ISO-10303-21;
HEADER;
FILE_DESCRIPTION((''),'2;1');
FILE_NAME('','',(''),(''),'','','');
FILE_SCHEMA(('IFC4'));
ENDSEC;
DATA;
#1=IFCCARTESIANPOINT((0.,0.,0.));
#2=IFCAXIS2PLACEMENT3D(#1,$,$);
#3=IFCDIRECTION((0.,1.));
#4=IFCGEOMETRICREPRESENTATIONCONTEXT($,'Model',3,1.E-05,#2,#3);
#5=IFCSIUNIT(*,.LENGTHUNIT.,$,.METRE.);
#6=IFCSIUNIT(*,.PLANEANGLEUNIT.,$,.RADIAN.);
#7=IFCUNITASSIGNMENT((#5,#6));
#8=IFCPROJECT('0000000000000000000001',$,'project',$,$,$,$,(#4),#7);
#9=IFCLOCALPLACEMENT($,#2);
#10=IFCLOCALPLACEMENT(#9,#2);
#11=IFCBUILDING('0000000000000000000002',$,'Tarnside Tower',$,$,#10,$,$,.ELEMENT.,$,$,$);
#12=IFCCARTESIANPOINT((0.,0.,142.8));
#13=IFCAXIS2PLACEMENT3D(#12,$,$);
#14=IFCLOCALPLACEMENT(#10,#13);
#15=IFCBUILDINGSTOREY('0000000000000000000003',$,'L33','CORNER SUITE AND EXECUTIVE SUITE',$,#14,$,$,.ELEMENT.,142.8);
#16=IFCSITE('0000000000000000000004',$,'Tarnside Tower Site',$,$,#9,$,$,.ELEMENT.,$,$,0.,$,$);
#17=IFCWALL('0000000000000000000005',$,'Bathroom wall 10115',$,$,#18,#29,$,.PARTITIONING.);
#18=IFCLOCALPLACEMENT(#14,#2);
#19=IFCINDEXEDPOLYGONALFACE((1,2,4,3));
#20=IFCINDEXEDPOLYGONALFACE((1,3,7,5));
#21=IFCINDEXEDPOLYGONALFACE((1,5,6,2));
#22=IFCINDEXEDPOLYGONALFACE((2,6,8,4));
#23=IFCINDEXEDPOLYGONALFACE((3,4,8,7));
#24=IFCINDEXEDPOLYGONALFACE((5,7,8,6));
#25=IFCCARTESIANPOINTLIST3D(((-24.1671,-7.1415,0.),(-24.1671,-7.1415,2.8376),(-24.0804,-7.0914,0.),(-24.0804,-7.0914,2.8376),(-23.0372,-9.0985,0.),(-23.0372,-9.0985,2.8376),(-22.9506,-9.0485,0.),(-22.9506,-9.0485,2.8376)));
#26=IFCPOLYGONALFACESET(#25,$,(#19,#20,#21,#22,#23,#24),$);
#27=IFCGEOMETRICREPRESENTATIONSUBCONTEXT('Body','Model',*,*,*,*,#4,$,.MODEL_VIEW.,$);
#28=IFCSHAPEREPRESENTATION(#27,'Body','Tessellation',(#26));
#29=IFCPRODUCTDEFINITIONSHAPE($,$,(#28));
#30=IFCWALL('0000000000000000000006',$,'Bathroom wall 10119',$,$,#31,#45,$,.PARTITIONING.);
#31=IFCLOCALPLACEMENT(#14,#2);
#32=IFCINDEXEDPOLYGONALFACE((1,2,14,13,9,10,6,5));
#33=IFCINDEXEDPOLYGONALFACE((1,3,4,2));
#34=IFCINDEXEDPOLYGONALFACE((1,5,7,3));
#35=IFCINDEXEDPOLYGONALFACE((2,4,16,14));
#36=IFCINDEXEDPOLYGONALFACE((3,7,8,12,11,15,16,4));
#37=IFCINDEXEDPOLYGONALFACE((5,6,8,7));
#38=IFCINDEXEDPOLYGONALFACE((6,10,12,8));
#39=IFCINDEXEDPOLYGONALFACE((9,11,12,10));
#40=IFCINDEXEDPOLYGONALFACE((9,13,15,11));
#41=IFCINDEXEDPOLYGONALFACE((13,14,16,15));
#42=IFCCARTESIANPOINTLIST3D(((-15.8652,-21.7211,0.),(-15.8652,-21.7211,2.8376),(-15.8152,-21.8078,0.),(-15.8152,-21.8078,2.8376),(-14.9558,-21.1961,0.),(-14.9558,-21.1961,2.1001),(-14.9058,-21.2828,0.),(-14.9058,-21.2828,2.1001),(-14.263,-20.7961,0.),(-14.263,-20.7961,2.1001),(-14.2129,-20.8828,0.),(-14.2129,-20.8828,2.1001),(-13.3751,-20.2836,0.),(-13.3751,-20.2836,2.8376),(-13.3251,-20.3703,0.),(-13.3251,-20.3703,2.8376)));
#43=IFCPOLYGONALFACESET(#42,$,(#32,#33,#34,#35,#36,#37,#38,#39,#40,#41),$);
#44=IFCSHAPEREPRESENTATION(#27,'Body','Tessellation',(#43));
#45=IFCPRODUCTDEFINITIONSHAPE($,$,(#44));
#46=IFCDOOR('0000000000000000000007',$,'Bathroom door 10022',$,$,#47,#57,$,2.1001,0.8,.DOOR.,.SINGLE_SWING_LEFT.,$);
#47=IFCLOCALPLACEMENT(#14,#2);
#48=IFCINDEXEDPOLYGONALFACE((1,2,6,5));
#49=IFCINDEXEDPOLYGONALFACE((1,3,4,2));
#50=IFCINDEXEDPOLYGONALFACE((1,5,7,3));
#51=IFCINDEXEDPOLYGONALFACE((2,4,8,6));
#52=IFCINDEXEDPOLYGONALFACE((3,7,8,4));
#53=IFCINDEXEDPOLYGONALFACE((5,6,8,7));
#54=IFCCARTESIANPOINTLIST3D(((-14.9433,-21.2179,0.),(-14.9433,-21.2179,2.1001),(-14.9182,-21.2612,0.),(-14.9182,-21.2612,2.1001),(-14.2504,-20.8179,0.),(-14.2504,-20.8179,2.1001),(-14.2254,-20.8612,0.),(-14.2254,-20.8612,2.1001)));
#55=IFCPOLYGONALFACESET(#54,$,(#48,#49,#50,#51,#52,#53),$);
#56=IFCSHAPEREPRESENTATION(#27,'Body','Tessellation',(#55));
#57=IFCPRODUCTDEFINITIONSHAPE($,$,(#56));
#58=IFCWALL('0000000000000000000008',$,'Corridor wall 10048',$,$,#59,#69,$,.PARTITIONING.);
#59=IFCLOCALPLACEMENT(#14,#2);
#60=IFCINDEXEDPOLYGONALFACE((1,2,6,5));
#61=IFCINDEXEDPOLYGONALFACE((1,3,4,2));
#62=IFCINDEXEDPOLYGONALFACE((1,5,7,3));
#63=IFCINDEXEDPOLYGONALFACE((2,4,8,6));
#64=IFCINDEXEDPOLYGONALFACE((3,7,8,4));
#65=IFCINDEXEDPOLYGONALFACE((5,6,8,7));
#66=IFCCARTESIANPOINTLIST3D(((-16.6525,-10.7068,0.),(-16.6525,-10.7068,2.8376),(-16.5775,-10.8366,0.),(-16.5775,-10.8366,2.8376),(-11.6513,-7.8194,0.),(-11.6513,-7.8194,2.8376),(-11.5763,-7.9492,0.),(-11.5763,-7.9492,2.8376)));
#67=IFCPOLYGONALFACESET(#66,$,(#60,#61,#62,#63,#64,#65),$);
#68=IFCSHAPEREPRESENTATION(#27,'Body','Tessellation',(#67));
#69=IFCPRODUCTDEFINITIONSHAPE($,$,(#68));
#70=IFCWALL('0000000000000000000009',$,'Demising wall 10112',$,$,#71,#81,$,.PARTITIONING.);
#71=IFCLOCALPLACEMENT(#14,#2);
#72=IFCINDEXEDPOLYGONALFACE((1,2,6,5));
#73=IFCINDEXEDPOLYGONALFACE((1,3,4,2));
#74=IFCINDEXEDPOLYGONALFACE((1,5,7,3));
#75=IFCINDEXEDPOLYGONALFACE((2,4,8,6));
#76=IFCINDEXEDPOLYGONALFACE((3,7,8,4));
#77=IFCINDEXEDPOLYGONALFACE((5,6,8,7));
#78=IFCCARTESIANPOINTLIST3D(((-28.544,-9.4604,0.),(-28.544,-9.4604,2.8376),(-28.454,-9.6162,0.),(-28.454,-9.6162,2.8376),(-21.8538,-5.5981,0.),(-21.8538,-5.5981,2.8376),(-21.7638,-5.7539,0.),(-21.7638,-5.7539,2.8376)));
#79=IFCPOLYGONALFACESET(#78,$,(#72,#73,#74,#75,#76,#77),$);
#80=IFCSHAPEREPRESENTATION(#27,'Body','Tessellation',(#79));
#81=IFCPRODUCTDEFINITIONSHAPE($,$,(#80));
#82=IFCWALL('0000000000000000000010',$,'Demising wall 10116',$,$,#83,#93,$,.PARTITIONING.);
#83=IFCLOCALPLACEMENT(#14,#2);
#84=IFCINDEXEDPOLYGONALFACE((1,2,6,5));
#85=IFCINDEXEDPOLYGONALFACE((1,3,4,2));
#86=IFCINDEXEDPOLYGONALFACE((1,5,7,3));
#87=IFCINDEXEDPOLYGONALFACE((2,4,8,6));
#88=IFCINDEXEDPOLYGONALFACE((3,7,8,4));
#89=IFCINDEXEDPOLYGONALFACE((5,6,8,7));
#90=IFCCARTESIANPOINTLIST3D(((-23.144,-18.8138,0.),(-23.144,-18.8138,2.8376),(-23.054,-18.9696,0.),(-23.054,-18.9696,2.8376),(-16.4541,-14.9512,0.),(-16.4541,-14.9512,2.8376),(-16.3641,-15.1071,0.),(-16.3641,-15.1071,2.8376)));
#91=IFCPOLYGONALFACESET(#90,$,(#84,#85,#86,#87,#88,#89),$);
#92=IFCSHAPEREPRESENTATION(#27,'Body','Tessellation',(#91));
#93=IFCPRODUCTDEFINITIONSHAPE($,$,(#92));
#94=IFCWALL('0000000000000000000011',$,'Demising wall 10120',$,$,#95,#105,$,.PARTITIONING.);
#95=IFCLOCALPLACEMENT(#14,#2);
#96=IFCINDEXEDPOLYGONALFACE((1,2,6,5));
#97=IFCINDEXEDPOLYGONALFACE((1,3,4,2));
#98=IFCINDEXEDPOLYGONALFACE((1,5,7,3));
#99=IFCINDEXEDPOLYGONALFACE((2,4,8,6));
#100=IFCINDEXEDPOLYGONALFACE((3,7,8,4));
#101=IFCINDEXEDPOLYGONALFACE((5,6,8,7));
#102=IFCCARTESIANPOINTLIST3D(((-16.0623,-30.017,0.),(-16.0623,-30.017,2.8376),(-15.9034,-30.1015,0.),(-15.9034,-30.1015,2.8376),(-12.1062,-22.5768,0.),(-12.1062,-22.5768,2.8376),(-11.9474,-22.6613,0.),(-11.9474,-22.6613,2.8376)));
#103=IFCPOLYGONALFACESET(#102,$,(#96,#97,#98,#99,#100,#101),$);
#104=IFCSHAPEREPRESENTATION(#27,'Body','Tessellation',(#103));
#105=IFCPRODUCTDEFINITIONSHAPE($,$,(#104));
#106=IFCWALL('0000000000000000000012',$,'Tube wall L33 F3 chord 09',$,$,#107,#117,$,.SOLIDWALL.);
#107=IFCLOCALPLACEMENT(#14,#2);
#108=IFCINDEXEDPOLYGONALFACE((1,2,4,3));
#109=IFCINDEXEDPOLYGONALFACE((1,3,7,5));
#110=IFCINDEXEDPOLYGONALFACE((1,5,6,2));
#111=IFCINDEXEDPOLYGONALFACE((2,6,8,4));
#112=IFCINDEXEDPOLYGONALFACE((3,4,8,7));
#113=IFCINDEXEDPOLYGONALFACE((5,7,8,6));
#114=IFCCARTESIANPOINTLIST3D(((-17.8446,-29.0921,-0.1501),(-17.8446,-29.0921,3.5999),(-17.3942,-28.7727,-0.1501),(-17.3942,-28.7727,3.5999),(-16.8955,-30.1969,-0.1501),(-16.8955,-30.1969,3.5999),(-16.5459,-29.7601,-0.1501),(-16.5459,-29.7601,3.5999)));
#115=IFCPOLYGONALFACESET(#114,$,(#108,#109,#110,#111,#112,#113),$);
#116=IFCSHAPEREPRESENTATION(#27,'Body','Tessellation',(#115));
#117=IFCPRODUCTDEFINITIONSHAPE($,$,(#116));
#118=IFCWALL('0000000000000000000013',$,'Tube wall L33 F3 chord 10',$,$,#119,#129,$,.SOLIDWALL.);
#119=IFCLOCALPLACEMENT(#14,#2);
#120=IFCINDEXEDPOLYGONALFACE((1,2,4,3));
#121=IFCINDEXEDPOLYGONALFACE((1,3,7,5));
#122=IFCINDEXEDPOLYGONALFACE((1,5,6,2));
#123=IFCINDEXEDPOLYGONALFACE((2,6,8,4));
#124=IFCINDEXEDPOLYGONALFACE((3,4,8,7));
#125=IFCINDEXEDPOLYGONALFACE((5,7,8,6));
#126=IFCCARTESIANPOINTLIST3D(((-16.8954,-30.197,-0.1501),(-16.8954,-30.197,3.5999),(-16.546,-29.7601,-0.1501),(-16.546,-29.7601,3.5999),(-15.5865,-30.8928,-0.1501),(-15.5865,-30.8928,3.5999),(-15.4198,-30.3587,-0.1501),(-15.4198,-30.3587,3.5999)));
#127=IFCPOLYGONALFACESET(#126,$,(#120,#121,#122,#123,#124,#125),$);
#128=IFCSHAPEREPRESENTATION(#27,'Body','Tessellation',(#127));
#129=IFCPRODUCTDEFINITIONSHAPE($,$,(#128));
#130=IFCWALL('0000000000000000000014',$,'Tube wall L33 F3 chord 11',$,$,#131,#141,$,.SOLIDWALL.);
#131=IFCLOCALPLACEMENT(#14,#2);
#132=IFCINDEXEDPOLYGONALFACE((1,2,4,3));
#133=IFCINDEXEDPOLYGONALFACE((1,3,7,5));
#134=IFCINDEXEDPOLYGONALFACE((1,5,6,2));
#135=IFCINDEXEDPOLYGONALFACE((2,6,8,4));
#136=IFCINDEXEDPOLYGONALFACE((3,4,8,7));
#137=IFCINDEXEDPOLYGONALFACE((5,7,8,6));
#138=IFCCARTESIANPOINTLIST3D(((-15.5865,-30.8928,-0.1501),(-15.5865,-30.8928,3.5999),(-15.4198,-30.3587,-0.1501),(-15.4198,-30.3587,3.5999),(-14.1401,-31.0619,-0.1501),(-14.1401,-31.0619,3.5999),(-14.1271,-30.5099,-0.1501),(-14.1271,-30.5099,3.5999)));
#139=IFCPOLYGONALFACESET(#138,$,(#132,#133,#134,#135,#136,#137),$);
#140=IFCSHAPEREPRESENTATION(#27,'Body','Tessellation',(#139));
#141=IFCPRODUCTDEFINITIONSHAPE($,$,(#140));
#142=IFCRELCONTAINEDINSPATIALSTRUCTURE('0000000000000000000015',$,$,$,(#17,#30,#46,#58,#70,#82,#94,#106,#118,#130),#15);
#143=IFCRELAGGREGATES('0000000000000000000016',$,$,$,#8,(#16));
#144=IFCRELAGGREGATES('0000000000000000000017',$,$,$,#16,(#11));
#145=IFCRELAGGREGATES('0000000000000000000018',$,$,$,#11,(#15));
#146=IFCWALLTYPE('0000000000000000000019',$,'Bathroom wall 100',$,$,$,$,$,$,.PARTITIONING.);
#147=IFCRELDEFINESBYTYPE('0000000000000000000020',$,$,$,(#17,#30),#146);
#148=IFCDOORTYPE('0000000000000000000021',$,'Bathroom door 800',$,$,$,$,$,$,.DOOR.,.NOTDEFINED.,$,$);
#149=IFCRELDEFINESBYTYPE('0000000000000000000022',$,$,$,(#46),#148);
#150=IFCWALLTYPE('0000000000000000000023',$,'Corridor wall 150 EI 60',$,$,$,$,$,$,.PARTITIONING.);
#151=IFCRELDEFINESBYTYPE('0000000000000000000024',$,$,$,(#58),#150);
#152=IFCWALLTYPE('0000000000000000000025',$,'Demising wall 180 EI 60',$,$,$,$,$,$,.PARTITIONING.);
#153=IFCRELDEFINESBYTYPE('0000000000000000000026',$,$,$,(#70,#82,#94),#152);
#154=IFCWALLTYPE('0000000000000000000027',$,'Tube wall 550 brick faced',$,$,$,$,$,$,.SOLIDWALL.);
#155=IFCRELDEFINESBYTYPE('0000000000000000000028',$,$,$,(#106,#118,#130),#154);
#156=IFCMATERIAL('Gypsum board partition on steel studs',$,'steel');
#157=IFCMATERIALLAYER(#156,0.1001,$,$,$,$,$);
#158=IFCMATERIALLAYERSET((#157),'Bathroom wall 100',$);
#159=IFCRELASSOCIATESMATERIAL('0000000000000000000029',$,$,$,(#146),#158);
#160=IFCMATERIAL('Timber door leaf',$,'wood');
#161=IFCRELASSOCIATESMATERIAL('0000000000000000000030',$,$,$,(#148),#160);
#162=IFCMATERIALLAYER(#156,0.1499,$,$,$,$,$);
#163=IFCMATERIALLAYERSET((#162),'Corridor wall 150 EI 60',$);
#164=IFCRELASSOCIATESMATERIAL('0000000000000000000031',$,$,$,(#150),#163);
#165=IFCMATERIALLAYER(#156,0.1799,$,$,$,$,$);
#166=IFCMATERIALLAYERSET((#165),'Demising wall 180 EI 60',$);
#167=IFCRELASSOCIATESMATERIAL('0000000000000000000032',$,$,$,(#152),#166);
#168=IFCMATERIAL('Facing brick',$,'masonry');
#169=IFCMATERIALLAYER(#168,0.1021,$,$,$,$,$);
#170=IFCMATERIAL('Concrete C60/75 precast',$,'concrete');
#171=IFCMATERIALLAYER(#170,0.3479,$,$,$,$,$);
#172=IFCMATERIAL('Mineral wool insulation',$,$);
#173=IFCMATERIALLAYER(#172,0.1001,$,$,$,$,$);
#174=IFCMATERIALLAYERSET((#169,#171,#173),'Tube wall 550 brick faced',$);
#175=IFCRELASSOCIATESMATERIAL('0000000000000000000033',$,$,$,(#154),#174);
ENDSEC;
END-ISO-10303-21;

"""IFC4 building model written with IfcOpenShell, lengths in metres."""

from ifc_helpers import new_model, si_unit, direction, frame, frame_2d, origin, place, context, subcontext, project, spatial, polyline, rectangle, outline, extrude, material, layer, layer_set, type_object, element, fill, save


model = new_model("IFC4")

# Units and contexts
model_context = context("Model", 3, precision=1e-05, world=origin(), true_north=direction((0.0, 1.0)))
body_context = subcontext(model_context, "Body", "Model", "MODEL_VIEW")
ifc_project = project(units=[si_unit("LENGTHUNIT", "METRE"), si_unit("PLANEANGLEUNIT", "RADIAN")], contexts=[model_context])

# Site, building, storey
site_placement = place(None, origin())
site = spatial("IfcSite", under=ifc_project, at=site_placement, Name="Tarnside Tower Site", CompositionType="ELEMENT", RefElevation=0.0)
building_placement = place(site_placement, origin())
building = spatial("IfcBuilding", under=site, at=building_placement, Name="Tarnside Tower", CompositionType="ELEMENT")
storey_placement = place(building_placement, frame((0.0, 0.0, 142.8)))
storey = spatial("IfcBuildingStorey", under=building, at=storey_placement, Name="L33", Description="CORNER SUITE AND EXECUTIVE SUITE", CompositionType="ELEMENT", Elevation=142.8)

# Wall
ifc_material_1 = material(Name="Gypsum board partition on steel studs", Category="steel")
ifc_layer_1 = layer(ifc_material_1, 0.1001)
ifc_layer_set_1 = layer_set([ifc_layer_1], Name="Bathroom wall 100")
wall_type_1 = type_object("IfcWallType", Name="Bathroom wall 100", PredefinedType="PARTITIONING", material=ifc_layer_set_1)
wall_1_placement = place(storey_placement, frame((-22.9939, -9.0735, 0.0), z_axis=(0.0, 0.0, 1.0), x_axis=(-0.499997, 0.866027, 0.0)))
element("IfcWall", 1, at=wall_1_placement, inside=storey, type_object=wall_type_1, Name="Bathroom wall 10115", PredefinedType="PARTITIONING", context=body_context, shape_type="SweptSolid", body=[
    extrude(rectangle(XDim=2.2598, YDim=0.1001, at=frame_2d((1.1299, 0.0))), origin(), (0.0, 0.0, 1.0), 2.8376),
])

# Wall, opening, door
wall_2_placement = place(storey_placement, frame((-15.8401, -21.7644, 0.0), z_axis=(0.0, 0.0, 1.0), x_axis=(0.86604, 0.499975, 0.0)))
wall_2 = element("IfcWall", 2, at=wall_2_placement, inside=storey, type_object=wall_type_1, Name="Bathroom wall 10119", PredefinedType="PARTITIONING", context=body_context, shape_type="SweptSolid", body=[
    extrude(rectangle(XDim=2.8752, YDim=0.1001, at=frame_2d((1.4375, 0.0))), origin(), (0.0, 0.0, 1.0), 2.8376),
])
opening_placement = place(wall_2_placement, frame((1.05, 0.0, 0.0)))
opening = element("IfcOpeningElement", 3, at=opening_placement, cuts=wall_2, PredefinedType="OPENING", context=body_context, shape_type="SweptSolid", body=[
    extrude(rectangle(XDim=0.8, YDim=2.1001, at=frame_2d((0.3999, 1.05))), frame((0.0, 0.0601, 0.0), z_axis=(0.0, -1.0, 0.0), x_axis=(1.0, 0.0, 0.0)), (0.0, 0.0, 1.0), 0.1201),
])
ifc_material_2 = material(Name="Timber door leaf", Category="wood")
door_type = type_object("IfcDoorType", Name="Bathroom door 800", OperationType="NOTDEFINED", PredefinedType="DOOR", material=ifc_material_2)
door_placement = place(opening_placement, origin())
door = element("IfcDoor", 4, at=door_placement, inside=storey, type_object=door_type, Name="Bathroom door 10022", OperationType="SINGLE_SWING_LEFT", OverallHeight=2.1001, OverallWidth=0.8, PredefinedType="DOOR", context=body_context, shape_type="SweptSolid", body=[
    extrude(rectangle(XDim=0.8, YDim=2.1001, at=frame_2d((0.3999, 1.05))), frame((0.0, 0.0249, 0.0), z_axis=(0.0, -1.0, 0.0), x_axis=(1.0, 0.0, 0.0)), (0.0, 0.0, 1.0), 0.05),
])
fill(opening, door)

# Walls
ifc_layer_2 = layer(ifc_material_1, 0.1499)
ifc_layer_set_2 = layer_set([ifc_layer_2], Name="Corridor wall 150 EI 60")
wall_type_2 = type_object("IfcWallType", Name="Corridor wall 150 EI 60", PredefinedType="PARTITIONING", material=ifc_layer_set_2)
wall_3_placement = place(storey_placement, frame((-16.615, -10.7717, 0.0), z_axis=(0.0, 0.0, 1.0), x_axis=(0.866026, 0.499999, 0.0)))
element("IfcWall", 5, at=wall_3_placement, inside=storey, type_object=wall_type_2, Name="Corridor wall 10048", PredefinedType="PARTITIONING", context=body_context, shape_type="SweptSolid", body=[
    extrude(rectangle(XDim=5.7749, YDim=0.1499, at=frame_2d((2.8875, 0.0))), origin(), (0.0, 0.0, 1.0), 2.8376),
])
ifc_layer_3 = layer(ifc_material_1, 0.1799)
ifc_layer_set_3 = layer_set([ifc_layer_3], Name="Demising wall 180 EI 60")
wall_type_3 = type_object("IfcWallType", Name="Demising wall 180 EI 60", PredefinedType="PARTITIONING", material=ifc_layer_set_3)
wall_4_placement = place(storey_placement, frame((-28.499, -9.5383, 0.0), z_axis=(0.0, 0.0, 1.0), x_axis=(0.866041, 0.499973, 0.0)))
element("IfcWall", 6, at=wall_4_placement, inside=storey, type_object=wall_type_3, Name="Demising wall 10112", PredefinedType="PARTITIONING", context=body_context, shape_type="SweptSolid", body=[
    extrude(rectangle(XDim=7.7251, YDim=0.1799, at=frame_2d((3.8625, 0.0))), origin(), (0.0, 0.0, 1.0), 2.8376),
])
wall_5_placement = place(storey_placement, frame((-23.0989, -18.8916, 0.0), z_axis=(0.0, 0.0, 1.0), x_axis=(0.866019, 0.500011, 0.0)))
element("IfcWall", 7, at=wall_5_placement, inside=storey, type_object=wall_type_3, Name="Demising wall 10116", PredefinedType="PARTITIONING", context=body_context, shape_type="SweptSolid", body=[
    extrude(rectangle(XDim=7.7249, YDim=0.1799, at=frame_2d((3.8623, 0.0))), origin(), (0.0, 0.0, 1.0), 2.8376),
])
wall_6_placement = place(storey_placement, frame((-15.9829, -30.0593, 0.0), z_axis=(0.0, 0.0, 1.0), x_axis=(0.469475, 0.882946, 0.0)))
element("IfcWall", 8, at=wall_6_placement, inside=storey, type_object=wall_type_3, Name="Demising wall 10120", PredefinedType="PARTITIONING", context=body_context, shape_type="SweptSolid", body=[
    extrude(rectangle(XDim=8.4265, YDim=0.1799, at=frame_2d((4.2134, 0.0))), origin(), (0.0, 0.0, 1.0), 2.8376),
])
ifc_material_3 = material(Name="Facing brick", Category="masonry")
ifc_layer_4 = layer(ifc_material_3, 0.1021)
ifc_material_4 = material(Name="Concrete C60/75 precast", Category="concrete")
ifc_layer_5 = layer(ifc_material_4, 0.3479)
ifc_material_5 = material(Name="Mineral wool insulation")
ifc_layer_6 = layer(ifc_material_5, 0.1001)
ifc_layer_set_4 = layer_set([ifc_layer_4, ifc_layer_5, ifc_layer_6], Name="Tube wall 550 brick faced")
wall_type_4 = type_object("IfcWallType", Name="Tube wall 550 brick faced", PredefinedType="SOLIDWALL", material=ifc_layer_set_4)
wall_7_placement = place(storey_placement, frame((-17.6194, -28.9324, -0.1501), z_axis=(0.0, 0.0, 1.0), x_axis=(0.651622, -0.758544, 0.0)))
element("IfcWall", 9, at=wall_7_placement, inside=storey, type_object=wall_type_4, Name="Tube wall L33 F3 chord 09", PredefinedType="SOLIDWALL", context=body_context, shape_type="SweptSolid", body=[
    extrude(outline(polyline([(-0.0256, -0.2749), (1.4309, -0.2749), (1.3274, 0.2749), (0.0256, 0.2749), (-0.0256, -0.2749)])), origin(), (0.0, 0.0, 1.0), 3.75),
])
wall_8_placement = place(storey_placement, frame((-16.7207, -29.9785, -0.1501), z_axis=(0.0, 0.0, 1.0), x_axis=(0.882994, -0.469384, 0.0)))
element("IfcWall", 10, at=wall_8_placement, inside=storey, type_object=wall_type_4, Name="Tube wall L33 F3 chord 10", PredefinedType="SOLIDWALL", context=body_context, shape_type="SweptSolid", body=[
    extrude(outline(polyline([(-0.0518, -0.2749), (1.4307, -0.2749), (1.3271, 0.2749), (0.0518, 0.2749), (-0.0518, -0.2749)])), origin(), (0.0, 0.0, 1.0), 3.75),
])
wall_9_placement = place(storey_placement, frame((-15.5032, -30.6257, -0.1501), z_axis=(0.0, 0.0, 1.0), x_axis=(0.993233, -0.116143, 0.0)))
element("IfcWall", 11, at=wall_9_placement, inside=storey, type_object=wall_type_4, Name="Tube wall L33 F3 chord 11", PredefinedType="SOLIDWALL", context=body_context, shape_type="SweptSolid", body=[
    extrude(outline(polyline([(-0.0518, -0.2749), (1.4045, -0.2749), (1.3533, 0.2749), (0.0518, 0.2749), (-0.0518, -0.2749)])), origin(), (0.0, 0.0, 1.0), 3.75),
])

save(model, "model.ifc")
